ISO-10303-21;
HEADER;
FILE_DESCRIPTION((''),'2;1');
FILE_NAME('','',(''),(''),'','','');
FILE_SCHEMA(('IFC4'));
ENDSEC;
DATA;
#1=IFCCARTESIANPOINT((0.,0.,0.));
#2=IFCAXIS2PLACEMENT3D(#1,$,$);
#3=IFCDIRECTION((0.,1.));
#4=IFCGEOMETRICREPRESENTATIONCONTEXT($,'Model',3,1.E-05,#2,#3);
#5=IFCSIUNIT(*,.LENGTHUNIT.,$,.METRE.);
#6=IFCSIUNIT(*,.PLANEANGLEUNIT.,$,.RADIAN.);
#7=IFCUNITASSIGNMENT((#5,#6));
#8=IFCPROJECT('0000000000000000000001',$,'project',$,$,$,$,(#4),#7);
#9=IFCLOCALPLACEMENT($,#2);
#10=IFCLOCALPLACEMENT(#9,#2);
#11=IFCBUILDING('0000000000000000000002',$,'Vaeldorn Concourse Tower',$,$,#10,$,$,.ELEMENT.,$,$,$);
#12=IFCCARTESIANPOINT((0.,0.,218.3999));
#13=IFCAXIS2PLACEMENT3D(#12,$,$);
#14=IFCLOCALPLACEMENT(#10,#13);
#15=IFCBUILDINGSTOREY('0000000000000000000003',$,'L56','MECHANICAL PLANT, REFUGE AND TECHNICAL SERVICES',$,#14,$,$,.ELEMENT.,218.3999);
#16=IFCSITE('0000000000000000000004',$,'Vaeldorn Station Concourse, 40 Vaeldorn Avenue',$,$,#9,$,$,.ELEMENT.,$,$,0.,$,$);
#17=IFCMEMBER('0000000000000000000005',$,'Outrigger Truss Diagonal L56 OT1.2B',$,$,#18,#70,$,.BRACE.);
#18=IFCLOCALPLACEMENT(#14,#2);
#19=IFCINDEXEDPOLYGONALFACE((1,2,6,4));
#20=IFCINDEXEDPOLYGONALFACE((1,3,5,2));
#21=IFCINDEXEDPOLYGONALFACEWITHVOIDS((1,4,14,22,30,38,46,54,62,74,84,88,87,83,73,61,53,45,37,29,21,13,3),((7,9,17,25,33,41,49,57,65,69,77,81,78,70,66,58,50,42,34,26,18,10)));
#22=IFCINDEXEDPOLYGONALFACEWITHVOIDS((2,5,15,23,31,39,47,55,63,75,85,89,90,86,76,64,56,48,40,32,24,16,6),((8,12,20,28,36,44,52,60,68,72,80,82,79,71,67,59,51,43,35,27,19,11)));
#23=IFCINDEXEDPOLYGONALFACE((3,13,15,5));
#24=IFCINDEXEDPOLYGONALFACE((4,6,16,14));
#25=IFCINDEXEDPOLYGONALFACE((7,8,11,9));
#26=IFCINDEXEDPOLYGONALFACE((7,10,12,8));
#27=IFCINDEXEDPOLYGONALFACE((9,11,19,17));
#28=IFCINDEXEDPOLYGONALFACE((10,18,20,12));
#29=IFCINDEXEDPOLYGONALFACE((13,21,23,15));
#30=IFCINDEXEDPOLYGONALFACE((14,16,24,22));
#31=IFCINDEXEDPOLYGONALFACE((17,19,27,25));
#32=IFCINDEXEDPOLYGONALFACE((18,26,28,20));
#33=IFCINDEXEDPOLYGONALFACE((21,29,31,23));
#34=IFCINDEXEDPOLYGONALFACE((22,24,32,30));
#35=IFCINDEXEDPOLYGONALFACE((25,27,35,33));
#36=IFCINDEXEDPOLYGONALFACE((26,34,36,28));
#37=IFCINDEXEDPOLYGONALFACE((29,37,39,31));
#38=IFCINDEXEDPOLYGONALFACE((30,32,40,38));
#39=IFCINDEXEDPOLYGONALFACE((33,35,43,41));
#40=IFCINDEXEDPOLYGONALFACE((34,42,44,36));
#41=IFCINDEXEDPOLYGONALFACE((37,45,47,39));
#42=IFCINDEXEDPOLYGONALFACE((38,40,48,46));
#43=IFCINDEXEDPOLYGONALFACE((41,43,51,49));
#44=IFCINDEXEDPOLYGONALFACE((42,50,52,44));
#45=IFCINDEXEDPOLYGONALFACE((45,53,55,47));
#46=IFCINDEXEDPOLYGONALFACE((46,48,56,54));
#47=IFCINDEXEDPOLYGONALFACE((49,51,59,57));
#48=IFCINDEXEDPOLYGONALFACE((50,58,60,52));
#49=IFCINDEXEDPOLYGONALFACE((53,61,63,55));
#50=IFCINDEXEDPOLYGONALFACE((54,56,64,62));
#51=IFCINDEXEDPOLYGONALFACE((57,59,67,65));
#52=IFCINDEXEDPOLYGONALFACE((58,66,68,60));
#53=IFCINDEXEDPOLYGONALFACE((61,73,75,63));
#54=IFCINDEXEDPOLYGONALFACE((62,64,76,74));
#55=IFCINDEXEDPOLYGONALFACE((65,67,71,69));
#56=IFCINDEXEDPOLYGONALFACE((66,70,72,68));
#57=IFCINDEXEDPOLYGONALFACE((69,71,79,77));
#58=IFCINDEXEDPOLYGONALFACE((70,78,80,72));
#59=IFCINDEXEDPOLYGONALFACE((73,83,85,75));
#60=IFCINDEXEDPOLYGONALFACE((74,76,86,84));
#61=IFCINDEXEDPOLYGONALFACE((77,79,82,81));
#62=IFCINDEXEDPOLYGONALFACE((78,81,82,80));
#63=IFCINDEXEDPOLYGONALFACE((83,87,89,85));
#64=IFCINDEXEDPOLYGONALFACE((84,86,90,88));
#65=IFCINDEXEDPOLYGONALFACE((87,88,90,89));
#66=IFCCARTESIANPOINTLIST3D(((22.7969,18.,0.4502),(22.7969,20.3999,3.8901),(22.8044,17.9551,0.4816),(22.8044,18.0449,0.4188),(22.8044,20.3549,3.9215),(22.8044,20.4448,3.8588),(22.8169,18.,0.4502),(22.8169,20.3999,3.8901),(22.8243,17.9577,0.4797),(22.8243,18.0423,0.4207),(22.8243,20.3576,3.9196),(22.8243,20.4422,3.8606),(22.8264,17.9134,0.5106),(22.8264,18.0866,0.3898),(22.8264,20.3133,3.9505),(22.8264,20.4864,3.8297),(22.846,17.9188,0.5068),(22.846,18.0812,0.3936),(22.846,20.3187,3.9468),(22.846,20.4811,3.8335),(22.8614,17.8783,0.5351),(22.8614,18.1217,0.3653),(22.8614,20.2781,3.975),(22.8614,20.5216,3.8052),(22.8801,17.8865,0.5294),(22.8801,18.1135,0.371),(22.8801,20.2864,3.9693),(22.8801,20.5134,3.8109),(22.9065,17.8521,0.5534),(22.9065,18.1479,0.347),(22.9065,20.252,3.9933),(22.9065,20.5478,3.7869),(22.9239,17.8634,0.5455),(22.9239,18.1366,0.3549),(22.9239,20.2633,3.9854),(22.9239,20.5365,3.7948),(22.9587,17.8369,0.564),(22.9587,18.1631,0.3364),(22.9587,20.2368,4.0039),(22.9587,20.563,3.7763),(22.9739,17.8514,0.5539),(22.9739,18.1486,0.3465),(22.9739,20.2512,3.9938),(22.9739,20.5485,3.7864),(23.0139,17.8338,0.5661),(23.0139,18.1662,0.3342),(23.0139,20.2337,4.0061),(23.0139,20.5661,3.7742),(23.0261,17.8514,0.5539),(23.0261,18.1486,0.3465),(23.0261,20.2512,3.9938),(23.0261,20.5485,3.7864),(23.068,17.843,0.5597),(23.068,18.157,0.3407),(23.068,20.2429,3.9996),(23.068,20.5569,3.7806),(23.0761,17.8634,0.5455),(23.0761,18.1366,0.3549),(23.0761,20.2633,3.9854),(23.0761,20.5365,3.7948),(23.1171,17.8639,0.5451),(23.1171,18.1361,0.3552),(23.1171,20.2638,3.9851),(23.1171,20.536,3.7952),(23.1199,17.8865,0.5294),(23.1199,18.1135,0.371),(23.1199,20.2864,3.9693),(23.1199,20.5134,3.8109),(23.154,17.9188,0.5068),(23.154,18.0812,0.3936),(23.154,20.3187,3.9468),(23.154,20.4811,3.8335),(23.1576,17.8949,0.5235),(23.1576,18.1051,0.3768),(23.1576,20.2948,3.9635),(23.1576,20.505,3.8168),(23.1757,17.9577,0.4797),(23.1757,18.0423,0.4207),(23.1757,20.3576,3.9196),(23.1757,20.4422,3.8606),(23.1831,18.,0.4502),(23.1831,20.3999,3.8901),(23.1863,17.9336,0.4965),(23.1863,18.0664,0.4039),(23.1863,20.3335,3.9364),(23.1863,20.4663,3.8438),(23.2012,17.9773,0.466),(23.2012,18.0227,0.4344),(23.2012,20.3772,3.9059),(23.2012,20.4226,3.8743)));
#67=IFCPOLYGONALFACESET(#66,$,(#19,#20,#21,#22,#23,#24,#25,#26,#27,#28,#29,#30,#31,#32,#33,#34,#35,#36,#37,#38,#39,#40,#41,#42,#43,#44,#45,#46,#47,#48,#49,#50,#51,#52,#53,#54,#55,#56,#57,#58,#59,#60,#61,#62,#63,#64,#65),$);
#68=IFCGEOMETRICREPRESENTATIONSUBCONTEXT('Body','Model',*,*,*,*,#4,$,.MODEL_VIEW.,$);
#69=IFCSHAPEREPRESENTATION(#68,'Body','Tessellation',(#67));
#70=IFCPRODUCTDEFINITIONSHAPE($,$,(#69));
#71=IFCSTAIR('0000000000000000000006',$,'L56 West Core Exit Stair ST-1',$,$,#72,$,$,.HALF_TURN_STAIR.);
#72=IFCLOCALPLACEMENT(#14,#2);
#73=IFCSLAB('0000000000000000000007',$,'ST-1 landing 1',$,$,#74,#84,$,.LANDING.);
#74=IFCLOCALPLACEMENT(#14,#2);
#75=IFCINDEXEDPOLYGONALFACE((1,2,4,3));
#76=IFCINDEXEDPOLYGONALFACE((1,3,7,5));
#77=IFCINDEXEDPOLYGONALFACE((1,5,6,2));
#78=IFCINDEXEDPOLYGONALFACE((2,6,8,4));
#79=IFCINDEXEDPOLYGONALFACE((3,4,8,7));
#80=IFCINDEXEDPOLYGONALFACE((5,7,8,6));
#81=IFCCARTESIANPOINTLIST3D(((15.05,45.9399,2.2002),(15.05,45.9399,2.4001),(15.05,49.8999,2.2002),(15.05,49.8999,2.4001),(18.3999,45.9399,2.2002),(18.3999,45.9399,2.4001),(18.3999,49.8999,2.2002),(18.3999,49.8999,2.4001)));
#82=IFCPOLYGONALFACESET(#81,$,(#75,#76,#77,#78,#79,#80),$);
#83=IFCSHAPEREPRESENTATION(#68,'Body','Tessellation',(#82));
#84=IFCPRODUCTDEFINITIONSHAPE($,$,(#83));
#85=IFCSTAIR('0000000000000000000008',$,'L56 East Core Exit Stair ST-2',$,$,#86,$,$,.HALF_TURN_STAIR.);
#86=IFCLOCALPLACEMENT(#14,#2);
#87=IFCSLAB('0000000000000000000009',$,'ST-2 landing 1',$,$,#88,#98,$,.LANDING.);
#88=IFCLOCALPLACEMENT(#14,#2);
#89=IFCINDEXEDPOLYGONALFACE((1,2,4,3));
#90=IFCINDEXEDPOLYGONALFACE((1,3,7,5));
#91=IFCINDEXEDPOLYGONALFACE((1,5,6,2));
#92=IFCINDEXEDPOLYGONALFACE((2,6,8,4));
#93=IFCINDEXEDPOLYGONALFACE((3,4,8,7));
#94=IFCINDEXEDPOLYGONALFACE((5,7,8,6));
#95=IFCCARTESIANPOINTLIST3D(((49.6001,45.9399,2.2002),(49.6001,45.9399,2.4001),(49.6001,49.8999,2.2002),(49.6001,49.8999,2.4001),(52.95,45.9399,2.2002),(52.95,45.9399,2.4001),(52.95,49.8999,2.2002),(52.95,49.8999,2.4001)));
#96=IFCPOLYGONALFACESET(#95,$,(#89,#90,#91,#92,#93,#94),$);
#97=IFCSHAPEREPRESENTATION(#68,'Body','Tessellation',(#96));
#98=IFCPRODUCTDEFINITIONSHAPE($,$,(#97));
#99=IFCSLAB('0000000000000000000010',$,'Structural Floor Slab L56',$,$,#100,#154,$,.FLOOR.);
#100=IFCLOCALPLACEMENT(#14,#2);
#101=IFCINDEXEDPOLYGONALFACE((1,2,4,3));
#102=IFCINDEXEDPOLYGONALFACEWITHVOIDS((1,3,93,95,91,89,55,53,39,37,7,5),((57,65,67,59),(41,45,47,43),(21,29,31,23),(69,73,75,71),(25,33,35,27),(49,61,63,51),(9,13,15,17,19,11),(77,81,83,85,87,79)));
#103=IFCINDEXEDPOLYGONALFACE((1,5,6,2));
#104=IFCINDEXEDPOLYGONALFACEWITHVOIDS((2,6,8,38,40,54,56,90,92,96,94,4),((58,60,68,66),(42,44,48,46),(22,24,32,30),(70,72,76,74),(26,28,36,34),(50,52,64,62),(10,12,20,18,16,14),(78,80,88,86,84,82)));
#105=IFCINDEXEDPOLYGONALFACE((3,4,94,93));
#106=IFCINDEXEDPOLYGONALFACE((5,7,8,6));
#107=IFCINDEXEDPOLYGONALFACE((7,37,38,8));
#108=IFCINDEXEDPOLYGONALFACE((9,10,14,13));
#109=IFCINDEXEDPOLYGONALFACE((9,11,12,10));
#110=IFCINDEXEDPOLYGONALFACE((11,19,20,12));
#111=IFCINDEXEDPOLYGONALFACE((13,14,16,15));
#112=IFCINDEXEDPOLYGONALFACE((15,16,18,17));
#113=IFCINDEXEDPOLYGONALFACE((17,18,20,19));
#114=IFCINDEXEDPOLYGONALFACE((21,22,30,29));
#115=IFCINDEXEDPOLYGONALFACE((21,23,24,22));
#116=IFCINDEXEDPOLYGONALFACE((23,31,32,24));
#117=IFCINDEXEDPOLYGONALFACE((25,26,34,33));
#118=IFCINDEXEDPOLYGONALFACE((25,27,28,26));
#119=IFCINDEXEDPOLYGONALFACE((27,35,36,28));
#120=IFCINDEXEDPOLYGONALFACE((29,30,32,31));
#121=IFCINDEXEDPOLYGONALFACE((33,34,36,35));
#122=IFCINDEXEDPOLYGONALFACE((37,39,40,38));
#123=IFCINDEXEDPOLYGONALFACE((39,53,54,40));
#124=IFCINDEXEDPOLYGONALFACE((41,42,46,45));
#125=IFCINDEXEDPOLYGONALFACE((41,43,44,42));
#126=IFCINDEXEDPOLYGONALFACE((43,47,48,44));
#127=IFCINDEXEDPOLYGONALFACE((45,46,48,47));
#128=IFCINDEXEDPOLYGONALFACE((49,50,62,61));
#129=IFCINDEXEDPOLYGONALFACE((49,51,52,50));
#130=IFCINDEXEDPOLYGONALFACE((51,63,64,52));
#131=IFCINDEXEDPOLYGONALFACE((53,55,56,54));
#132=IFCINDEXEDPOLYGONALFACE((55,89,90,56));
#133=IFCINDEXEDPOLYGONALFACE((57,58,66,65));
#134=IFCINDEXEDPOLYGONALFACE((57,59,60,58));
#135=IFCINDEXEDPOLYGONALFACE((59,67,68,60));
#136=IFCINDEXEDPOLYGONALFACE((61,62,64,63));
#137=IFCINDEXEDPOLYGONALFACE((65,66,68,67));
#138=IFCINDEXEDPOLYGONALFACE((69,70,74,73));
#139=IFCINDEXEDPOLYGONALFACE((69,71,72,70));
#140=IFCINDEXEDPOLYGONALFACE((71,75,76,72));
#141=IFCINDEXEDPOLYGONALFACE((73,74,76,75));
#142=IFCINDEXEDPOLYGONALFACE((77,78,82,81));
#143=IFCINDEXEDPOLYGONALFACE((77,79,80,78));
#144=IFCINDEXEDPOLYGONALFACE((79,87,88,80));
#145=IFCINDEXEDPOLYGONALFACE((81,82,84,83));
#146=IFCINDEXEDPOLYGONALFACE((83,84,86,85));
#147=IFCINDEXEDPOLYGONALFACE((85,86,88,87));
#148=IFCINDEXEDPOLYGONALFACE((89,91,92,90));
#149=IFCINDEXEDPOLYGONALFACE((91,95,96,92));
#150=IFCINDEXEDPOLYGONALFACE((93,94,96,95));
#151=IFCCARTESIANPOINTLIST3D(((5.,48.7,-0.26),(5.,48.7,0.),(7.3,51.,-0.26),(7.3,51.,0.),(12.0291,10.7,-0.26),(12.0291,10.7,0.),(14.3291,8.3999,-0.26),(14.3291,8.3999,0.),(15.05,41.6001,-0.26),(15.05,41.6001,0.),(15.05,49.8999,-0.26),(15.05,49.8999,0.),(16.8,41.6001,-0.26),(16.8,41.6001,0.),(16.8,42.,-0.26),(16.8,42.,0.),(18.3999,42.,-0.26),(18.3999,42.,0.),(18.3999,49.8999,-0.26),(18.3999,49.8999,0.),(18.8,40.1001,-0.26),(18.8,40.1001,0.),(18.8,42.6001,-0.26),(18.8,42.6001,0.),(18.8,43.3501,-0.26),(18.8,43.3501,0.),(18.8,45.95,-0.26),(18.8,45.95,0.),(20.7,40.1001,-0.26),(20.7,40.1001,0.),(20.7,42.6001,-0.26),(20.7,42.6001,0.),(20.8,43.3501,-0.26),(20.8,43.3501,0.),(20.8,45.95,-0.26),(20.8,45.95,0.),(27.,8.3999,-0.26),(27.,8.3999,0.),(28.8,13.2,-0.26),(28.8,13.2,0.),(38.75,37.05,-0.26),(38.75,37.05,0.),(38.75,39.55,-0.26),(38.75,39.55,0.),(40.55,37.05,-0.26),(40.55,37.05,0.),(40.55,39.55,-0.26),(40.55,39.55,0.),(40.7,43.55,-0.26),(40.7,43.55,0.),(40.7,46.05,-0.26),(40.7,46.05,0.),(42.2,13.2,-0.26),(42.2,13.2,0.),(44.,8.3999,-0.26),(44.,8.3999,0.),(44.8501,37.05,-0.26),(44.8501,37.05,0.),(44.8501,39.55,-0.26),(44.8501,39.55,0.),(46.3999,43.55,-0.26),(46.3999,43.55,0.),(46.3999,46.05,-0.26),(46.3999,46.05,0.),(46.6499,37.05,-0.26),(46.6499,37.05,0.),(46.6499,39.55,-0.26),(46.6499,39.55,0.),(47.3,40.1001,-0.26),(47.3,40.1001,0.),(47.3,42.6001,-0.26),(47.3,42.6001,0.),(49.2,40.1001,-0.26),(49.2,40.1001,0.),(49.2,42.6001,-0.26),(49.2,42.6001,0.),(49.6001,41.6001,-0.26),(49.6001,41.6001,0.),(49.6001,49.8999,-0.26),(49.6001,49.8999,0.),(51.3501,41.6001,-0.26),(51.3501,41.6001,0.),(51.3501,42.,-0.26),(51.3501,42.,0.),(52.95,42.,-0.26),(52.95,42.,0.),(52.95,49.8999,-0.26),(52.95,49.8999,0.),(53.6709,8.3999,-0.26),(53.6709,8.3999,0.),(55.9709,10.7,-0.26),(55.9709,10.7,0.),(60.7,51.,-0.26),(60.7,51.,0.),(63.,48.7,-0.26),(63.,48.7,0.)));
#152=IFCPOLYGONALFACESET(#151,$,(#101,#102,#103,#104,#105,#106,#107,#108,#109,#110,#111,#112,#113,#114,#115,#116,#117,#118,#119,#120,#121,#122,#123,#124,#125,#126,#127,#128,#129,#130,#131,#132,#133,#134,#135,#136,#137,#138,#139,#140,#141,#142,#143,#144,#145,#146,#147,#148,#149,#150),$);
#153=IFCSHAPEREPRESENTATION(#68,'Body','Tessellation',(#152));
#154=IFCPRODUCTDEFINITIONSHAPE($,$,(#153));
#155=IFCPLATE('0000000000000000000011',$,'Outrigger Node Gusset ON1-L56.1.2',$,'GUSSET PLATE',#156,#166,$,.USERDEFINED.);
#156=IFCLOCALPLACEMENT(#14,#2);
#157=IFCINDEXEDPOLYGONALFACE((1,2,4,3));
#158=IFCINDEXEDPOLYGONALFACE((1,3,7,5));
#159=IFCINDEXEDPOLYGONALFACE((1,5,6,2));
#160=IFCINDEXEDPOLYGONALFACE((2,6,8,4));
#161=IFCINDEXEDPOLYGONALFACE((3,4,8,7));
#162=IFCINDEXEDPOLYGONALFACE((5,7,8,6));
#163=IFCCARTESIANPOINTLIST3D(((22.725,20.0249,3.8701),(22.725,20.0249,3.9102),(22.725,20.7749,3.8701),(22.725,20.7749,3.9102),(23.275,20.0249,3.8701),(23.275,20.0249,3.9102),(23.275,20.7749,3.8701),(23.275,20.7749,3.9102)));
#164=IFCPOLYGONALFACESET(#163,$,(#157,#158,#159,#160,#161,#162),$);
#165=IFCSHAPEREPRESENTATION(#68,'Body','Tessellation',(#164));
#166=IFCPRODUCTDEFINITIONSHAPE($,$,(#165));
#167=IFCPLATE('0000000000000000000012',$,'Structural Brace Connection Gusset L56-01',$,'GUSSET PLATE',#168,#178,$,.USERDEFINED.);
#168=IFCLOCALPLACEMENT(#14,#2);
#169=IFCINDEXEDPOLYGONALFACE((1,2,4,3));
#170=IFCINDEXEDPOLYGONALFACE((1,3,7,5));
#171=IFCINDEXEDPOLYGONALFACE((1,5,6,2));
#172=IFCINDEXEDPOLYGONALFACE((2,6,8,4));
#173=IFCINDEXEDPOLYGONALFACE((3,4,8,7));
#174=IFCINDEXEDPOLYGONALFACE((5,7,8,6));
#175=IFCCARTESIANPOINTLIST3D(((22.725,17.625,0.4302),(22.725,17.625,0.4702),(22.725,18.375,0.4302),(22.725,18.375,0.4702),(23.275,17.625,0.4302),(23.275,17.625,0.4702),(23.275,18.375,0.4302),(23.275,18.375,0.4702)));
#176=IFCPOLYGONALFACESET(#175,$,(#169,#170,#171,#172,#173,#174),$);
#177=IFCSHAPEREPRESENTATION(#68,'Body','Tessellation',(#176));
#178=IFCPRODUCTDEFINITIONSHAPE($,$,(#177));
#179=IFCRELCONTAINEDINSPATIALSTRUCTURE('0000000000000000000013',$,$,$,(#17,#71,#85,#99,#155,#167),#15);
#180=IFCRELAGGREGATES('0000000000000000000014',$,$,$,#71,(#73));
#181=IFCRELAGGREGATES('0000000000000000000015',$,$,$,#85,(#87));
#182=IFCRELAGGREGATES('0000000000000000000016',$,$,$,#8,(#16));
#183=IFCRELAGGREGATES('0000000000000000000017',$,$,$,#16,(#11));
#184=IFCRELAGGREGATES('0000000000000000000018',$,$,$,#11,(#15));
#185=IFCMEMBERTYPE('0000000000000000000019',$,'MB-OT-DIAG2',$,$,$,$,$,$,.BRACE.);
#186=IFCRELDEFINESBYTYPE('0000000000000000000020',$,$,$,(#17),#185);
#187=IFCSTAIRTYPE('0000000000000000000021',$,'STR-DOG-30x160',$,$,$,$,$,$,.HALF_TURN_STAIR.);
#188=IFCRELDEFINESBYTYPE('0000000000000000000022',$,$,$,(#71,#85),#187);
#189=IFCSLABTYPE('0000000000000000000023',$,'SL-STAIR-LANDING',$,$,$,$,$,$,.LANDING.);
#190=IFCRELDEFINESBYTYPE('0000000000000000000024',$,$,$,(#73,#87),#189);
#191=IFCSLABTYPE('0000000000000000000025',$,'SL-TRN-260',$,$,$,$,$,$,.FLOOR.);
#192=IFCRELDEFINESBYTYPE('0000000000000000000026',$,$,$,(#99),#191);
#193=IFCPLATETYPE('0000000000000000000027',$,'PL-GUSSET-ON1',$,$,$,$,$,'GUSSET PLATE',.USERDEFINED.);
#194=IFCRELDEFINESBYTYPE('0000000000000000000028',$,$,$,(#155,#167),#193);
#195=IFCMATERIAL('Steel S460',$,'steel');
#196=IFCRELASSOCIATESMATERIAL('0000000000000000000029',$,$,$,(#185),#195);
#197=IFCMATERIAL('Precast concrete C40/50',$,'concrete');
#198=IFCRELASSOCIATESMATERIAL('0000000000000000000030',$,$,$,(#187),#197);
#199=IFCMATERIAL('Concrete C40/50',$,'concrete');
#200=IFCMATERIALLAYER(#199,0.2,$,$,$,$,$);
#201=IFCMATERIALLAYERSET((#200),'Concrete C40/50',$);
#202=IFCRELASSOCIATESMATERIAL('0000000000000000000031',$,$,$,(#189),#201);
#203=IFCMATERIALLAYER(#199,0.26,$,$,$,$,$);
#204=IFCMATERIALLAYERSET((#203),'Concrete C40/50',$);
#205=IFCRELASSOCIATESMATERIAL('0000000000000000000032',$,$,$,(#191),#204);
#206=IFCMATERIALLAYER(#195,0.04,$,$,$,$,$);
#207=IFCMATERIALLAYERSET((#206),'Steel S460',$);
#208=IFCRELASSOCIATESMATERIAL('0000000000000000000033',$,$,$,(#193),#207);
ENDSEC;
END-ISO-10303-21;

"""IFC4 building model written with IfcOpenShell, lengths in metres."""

from ifc_helpers import new_model, si_unit, direction, frame, origin, origin_2d, place, context, subcontext, project, spatial, polyline, rectangle, hollow_circle, outline, extrude, source, transform, mapped, material, layer, layer_set, material_profile, profile_set, type_object, element, aggregate, save


model = new_model("IFC4")

# Units and contexts
model_context = context("Model", 3, precision=1e-05, world=origin(), true_north=direction((0.0, 1.0)))
body_context = subcontext(model_context, "Body", "Model", "MODEL_VIEW")
ifc_project = project(units=[si_unit("LENGTHUNIT", "METRE"), si_unit("PLANEANGLEUNIT", "RADIAN")], contexts=[model_context])

# Site, building, storey
site_placement = place(None, origin())
site = spatial("IfcSite", under=ifc_project, at=site_placement, Name="Vaeldorn Station Concourse, 40 Vaeldorn Avenue", CompositionType="ELEMENT", RefElevation=0.0)
building_placement = place(site_placement, origin())
building = spatial("IfcBuilding", under=site, at=building_placement, Name="Vaeldorn Concourse Tower", CompositionType="ELEMENT")
storey_placement = place(building_placement, frame((0.0, 0.0, 218.3999)))
storey = spatial("IfcBuildingStorey", under=building, at=storey_placement, Name="L56", Description="MECHANICAL PLANT, REFUGE AND TECHNICAL SERVICES", CompositionType="ELEMENT", Elevation=218.3999)

# Member
ifc_material_1 = material(Name="Steel S460", Category="steel")
ifc_material_profile_1 = material_profile(ifc_material_1, hollow_circle(Radius=0.2031, WallThickness=0.02, at=origin_2d()), Name="CHS 406.4x20")
ifc_profile_set_1 = profile_set([ifc_material_profile_1], Name="Steel S460")
member_type_1 = type_object("IfcMemberType", Name="MB-OT-DIAG2", PredefinedType="BRACE", material=ifc_profile_set_1)
shared_shape_1 = source(origin(), body_context, "Body", "SweptSolid", [
    extrude(hollow_circle(Radius=0.2031, WallThickness=0.02, at=origin_2d()), origin(), (0.0, 0.0, 1.0), 4.1943),
])
member_1_placement = place(storey_placement, frame((23.0, 18.0, 0.4502), z_axis=(0.0, 0.572172, 0.820133), x_axis=(-1.0, 0.0, 0.0)))
element("IfcMember", 1, at=member_1_placement, inside=storey, type_object=member_type_1, Name="Outrigger Truss Diagonal L56 OT1.2B", PredefinedType="BRACE", context=body_context, shape_type="MappedRepresentation", body=[
    mapped(shared_shape_1, transform((0.0, 0.0, 0.0), scale=1.0)),
])

# Stairs, slabs
ifc_material_2 = material(Name="Precast concrete C40/50", Category="concrete")
stair_type = type_object("IfcStairType", Name="STR-DOG-30x160", PredefinedType="HALF_TURN_STAIR", material=ifc_material_2)
stair_1_placement = place(storey_placement, origin())
stair_1 = element("IfcStair", 2, at=stair_1_placement, inside=storey, type_object=stair_type, Name="L56 West Core Exit Stair ST-1", PredefinedType="HALF_TURN_STAIR")
ifc_material_3 = material(Name="Concrete C40/50", Category="concrete")
ifc_layer_1 = layer(ifc_material_3, 0.2)
ifc_layer_set_1 = layer_set([ifc_layer_1], Name="Concrete C40/50")
slab_type_1 = type_object("IfcSlabType", Name="SL-STAIR-LANDING", PredefinedType="LANDING", material=ifc_layer_set_1)
slab_1_placement = place(storey_placement, frame((0.0, 0.0, 2.2002)))
slab_1 = element("IfcSlab", 3, at=slab_1_placement, type_object=slab_type_1, Name="ST-1 landing 1", PredefinedType="LANDING", context=body_context, shape_type="SweptSolid", body=[
    extrude(outline(polyline([(18.3999, 45.9399), (18.3999, 49.8999), (15.05, 49.8999), (15.05, 45.9399), (18.3999, 45.9399)])), origin(), (0.0, 0.0, 1.0), 0.2),
])
aggregate(stair_1, [slab_1])
stair_2_placement = place(storey_placement, origin())
stair_2 = element("IfcStair", 4, at=stair_2_placement, inside=storey, type_object=stair_type, Name="L56 East Core Exit Stair ST-2", PredefinedType="HALF_TURN_STAIR")
slab_2_placement = place(storey_placement, frame((0.0, 0.0, 2.2002)))
slab_2 = element("IfcSlab", 5, at=slab_2_placement, type_object=slab_type_1, Name="ST-2 landing 1", PredefinedType="LANDING", context=body_context, shape_type="SweptSolid", body=[
    extrude(outline(polyline([(52.95, 45.9399), (52.95, 49.8999), (49.6001, 49.8999), (49.6001, 45.9399), (52.95, 45.9399)])), origin(), (0.0, 0.0, 1.0), 0.2),
])
aggregate(stair_2, [slab_2])

# Slab
ifc_layer_2 = layer(ifc_material_3, 0.26)
ifc_layer_set_2 = layer_set([ifc_layer_2], Name="Concrete C40/50")
slab_type_2 = type_object("IfcSlabType", Name="SL-TRN-260", PredefinedType="FLOOR", material=ifc_layer_set_2)
slab_3_placement = place(storey_placement, frame((0.0, 0.0, -0.26)))
element("IfcSlab", 6, at=slab_3_placement, inside=storey, type_object=slab_type_2, Name="Structural Floor Slab L56", PredefinedType="FLOOR", context=body_context, shape_type="SweptSolid", body=[
    extrude(outline(polyline([(14.3291, 8.3999), (27.0, 8.3999), (28.8, 13.2), (42.2, 13.2), (44.0, 8.3999), (53.6709, 8.3999), (55.9709, 10.7), (63.0, 48.7), (60.7, 51.0), (7.3, 51.0), (5.0, 48.7), (12.0291, 10.7), (14.3291, 8.3999)]), holes=[polyline([(18.3999, 42.0), (18.3999, 49.8999), (15.05, 49.8999), (15.05, 41.6001), (16.8, 41.6001), (16.8, 42.0), (18.3999, 42.0)]), polyline([(52.95, 42.0), (52.95, 49.8999), (49.6001, 49.8999), (49.6001, 41.6001), (51.3501, 41.6001), (51.3501, 42.0), (52.95, 42.0)]), polyline([(38.75, 37.05), (40.55, 37.05), (40.55, 39.55), (38.75, 39.55), (38.75, 37.05)]), polyline([(44.8501, 37.05), (46.6499, 37.05), (46.6499, 39.55), (44.8501, 39.55), (44.8501, 37.05)]), polyline([(40.7, 43.55), (46.3999, 43.55), (46.3999, 46.05), (40.7, 46.05), (40.7, 43.55)]), polyline([(18.8, 43.3501), (20.8, 43.3501), (20.8, 45.95), (18.8, 45.95), (18.8, 43.3501)]), polyline([(18.8, 40.1001), (20.7, 40.1001), (20.7, 42.6001), (18.8, 42.6001), (18.8, 40.1001)]), polyline([(47.3, 40.1001), (49.2, 40.1001), (49.2, 42.6001), (47.3, 42.6001), (47.3, 40.1001)])]), origin(), (0.0, 0.0, 1.0), 0.26),
])

# Plates
ifc_layer_3 = layer(ifc_material_1, 0.04)
ifc_layer_set_3 = layer_set([ifc_layer_3], Name="Steel S460")
plate_type_1 = type_object("IfcPlateType", Name="PL-GUSSET-ON1", ElementType="GUSSET PLATE", PredefinedType="USERDEFINED", material=ifc_layer_set_3)
shared_shape_2 = source(origin(), body_context, "Body", "SweptSolid", [
    extrude(rectangle(XDim=0.75, YDim=0.55, at=origin_2d()), origin(), (0.0, 0.0, 1.0), 0.04),
])
for number, where, z_axis, x_axis, name in (
    (7, (23.0, 20.3999, 3.8701), (0.0, 0.0, 1.0), (0.0, 1.0, 0.0), "Outrigger Node Gusset ON1-L56.1.2"),
    (8, (23.0, 18.0, 0.4302), (0.0, 0.0, 1.0), (0.0, 1.0, 0.0), "Structural Brace Connection Gusset L56-01"),
):
    element("IfcPlate", number, at=place(storey_placement, frame(where, z_axis=z_axis, x_axis=x_axis)), inside=storey, type_object=plate_type_1, Name=name, ObjectType="GUSSET PLATE", PredefinedType="USERDEFINED", context=body_context, shape_type="MappedRepresentation", body=[
        mapped(shared_shape_2, transform((0.0, 0.0, 0.0), scale=1.0)),
    ])

save(model, "model.ifc")
